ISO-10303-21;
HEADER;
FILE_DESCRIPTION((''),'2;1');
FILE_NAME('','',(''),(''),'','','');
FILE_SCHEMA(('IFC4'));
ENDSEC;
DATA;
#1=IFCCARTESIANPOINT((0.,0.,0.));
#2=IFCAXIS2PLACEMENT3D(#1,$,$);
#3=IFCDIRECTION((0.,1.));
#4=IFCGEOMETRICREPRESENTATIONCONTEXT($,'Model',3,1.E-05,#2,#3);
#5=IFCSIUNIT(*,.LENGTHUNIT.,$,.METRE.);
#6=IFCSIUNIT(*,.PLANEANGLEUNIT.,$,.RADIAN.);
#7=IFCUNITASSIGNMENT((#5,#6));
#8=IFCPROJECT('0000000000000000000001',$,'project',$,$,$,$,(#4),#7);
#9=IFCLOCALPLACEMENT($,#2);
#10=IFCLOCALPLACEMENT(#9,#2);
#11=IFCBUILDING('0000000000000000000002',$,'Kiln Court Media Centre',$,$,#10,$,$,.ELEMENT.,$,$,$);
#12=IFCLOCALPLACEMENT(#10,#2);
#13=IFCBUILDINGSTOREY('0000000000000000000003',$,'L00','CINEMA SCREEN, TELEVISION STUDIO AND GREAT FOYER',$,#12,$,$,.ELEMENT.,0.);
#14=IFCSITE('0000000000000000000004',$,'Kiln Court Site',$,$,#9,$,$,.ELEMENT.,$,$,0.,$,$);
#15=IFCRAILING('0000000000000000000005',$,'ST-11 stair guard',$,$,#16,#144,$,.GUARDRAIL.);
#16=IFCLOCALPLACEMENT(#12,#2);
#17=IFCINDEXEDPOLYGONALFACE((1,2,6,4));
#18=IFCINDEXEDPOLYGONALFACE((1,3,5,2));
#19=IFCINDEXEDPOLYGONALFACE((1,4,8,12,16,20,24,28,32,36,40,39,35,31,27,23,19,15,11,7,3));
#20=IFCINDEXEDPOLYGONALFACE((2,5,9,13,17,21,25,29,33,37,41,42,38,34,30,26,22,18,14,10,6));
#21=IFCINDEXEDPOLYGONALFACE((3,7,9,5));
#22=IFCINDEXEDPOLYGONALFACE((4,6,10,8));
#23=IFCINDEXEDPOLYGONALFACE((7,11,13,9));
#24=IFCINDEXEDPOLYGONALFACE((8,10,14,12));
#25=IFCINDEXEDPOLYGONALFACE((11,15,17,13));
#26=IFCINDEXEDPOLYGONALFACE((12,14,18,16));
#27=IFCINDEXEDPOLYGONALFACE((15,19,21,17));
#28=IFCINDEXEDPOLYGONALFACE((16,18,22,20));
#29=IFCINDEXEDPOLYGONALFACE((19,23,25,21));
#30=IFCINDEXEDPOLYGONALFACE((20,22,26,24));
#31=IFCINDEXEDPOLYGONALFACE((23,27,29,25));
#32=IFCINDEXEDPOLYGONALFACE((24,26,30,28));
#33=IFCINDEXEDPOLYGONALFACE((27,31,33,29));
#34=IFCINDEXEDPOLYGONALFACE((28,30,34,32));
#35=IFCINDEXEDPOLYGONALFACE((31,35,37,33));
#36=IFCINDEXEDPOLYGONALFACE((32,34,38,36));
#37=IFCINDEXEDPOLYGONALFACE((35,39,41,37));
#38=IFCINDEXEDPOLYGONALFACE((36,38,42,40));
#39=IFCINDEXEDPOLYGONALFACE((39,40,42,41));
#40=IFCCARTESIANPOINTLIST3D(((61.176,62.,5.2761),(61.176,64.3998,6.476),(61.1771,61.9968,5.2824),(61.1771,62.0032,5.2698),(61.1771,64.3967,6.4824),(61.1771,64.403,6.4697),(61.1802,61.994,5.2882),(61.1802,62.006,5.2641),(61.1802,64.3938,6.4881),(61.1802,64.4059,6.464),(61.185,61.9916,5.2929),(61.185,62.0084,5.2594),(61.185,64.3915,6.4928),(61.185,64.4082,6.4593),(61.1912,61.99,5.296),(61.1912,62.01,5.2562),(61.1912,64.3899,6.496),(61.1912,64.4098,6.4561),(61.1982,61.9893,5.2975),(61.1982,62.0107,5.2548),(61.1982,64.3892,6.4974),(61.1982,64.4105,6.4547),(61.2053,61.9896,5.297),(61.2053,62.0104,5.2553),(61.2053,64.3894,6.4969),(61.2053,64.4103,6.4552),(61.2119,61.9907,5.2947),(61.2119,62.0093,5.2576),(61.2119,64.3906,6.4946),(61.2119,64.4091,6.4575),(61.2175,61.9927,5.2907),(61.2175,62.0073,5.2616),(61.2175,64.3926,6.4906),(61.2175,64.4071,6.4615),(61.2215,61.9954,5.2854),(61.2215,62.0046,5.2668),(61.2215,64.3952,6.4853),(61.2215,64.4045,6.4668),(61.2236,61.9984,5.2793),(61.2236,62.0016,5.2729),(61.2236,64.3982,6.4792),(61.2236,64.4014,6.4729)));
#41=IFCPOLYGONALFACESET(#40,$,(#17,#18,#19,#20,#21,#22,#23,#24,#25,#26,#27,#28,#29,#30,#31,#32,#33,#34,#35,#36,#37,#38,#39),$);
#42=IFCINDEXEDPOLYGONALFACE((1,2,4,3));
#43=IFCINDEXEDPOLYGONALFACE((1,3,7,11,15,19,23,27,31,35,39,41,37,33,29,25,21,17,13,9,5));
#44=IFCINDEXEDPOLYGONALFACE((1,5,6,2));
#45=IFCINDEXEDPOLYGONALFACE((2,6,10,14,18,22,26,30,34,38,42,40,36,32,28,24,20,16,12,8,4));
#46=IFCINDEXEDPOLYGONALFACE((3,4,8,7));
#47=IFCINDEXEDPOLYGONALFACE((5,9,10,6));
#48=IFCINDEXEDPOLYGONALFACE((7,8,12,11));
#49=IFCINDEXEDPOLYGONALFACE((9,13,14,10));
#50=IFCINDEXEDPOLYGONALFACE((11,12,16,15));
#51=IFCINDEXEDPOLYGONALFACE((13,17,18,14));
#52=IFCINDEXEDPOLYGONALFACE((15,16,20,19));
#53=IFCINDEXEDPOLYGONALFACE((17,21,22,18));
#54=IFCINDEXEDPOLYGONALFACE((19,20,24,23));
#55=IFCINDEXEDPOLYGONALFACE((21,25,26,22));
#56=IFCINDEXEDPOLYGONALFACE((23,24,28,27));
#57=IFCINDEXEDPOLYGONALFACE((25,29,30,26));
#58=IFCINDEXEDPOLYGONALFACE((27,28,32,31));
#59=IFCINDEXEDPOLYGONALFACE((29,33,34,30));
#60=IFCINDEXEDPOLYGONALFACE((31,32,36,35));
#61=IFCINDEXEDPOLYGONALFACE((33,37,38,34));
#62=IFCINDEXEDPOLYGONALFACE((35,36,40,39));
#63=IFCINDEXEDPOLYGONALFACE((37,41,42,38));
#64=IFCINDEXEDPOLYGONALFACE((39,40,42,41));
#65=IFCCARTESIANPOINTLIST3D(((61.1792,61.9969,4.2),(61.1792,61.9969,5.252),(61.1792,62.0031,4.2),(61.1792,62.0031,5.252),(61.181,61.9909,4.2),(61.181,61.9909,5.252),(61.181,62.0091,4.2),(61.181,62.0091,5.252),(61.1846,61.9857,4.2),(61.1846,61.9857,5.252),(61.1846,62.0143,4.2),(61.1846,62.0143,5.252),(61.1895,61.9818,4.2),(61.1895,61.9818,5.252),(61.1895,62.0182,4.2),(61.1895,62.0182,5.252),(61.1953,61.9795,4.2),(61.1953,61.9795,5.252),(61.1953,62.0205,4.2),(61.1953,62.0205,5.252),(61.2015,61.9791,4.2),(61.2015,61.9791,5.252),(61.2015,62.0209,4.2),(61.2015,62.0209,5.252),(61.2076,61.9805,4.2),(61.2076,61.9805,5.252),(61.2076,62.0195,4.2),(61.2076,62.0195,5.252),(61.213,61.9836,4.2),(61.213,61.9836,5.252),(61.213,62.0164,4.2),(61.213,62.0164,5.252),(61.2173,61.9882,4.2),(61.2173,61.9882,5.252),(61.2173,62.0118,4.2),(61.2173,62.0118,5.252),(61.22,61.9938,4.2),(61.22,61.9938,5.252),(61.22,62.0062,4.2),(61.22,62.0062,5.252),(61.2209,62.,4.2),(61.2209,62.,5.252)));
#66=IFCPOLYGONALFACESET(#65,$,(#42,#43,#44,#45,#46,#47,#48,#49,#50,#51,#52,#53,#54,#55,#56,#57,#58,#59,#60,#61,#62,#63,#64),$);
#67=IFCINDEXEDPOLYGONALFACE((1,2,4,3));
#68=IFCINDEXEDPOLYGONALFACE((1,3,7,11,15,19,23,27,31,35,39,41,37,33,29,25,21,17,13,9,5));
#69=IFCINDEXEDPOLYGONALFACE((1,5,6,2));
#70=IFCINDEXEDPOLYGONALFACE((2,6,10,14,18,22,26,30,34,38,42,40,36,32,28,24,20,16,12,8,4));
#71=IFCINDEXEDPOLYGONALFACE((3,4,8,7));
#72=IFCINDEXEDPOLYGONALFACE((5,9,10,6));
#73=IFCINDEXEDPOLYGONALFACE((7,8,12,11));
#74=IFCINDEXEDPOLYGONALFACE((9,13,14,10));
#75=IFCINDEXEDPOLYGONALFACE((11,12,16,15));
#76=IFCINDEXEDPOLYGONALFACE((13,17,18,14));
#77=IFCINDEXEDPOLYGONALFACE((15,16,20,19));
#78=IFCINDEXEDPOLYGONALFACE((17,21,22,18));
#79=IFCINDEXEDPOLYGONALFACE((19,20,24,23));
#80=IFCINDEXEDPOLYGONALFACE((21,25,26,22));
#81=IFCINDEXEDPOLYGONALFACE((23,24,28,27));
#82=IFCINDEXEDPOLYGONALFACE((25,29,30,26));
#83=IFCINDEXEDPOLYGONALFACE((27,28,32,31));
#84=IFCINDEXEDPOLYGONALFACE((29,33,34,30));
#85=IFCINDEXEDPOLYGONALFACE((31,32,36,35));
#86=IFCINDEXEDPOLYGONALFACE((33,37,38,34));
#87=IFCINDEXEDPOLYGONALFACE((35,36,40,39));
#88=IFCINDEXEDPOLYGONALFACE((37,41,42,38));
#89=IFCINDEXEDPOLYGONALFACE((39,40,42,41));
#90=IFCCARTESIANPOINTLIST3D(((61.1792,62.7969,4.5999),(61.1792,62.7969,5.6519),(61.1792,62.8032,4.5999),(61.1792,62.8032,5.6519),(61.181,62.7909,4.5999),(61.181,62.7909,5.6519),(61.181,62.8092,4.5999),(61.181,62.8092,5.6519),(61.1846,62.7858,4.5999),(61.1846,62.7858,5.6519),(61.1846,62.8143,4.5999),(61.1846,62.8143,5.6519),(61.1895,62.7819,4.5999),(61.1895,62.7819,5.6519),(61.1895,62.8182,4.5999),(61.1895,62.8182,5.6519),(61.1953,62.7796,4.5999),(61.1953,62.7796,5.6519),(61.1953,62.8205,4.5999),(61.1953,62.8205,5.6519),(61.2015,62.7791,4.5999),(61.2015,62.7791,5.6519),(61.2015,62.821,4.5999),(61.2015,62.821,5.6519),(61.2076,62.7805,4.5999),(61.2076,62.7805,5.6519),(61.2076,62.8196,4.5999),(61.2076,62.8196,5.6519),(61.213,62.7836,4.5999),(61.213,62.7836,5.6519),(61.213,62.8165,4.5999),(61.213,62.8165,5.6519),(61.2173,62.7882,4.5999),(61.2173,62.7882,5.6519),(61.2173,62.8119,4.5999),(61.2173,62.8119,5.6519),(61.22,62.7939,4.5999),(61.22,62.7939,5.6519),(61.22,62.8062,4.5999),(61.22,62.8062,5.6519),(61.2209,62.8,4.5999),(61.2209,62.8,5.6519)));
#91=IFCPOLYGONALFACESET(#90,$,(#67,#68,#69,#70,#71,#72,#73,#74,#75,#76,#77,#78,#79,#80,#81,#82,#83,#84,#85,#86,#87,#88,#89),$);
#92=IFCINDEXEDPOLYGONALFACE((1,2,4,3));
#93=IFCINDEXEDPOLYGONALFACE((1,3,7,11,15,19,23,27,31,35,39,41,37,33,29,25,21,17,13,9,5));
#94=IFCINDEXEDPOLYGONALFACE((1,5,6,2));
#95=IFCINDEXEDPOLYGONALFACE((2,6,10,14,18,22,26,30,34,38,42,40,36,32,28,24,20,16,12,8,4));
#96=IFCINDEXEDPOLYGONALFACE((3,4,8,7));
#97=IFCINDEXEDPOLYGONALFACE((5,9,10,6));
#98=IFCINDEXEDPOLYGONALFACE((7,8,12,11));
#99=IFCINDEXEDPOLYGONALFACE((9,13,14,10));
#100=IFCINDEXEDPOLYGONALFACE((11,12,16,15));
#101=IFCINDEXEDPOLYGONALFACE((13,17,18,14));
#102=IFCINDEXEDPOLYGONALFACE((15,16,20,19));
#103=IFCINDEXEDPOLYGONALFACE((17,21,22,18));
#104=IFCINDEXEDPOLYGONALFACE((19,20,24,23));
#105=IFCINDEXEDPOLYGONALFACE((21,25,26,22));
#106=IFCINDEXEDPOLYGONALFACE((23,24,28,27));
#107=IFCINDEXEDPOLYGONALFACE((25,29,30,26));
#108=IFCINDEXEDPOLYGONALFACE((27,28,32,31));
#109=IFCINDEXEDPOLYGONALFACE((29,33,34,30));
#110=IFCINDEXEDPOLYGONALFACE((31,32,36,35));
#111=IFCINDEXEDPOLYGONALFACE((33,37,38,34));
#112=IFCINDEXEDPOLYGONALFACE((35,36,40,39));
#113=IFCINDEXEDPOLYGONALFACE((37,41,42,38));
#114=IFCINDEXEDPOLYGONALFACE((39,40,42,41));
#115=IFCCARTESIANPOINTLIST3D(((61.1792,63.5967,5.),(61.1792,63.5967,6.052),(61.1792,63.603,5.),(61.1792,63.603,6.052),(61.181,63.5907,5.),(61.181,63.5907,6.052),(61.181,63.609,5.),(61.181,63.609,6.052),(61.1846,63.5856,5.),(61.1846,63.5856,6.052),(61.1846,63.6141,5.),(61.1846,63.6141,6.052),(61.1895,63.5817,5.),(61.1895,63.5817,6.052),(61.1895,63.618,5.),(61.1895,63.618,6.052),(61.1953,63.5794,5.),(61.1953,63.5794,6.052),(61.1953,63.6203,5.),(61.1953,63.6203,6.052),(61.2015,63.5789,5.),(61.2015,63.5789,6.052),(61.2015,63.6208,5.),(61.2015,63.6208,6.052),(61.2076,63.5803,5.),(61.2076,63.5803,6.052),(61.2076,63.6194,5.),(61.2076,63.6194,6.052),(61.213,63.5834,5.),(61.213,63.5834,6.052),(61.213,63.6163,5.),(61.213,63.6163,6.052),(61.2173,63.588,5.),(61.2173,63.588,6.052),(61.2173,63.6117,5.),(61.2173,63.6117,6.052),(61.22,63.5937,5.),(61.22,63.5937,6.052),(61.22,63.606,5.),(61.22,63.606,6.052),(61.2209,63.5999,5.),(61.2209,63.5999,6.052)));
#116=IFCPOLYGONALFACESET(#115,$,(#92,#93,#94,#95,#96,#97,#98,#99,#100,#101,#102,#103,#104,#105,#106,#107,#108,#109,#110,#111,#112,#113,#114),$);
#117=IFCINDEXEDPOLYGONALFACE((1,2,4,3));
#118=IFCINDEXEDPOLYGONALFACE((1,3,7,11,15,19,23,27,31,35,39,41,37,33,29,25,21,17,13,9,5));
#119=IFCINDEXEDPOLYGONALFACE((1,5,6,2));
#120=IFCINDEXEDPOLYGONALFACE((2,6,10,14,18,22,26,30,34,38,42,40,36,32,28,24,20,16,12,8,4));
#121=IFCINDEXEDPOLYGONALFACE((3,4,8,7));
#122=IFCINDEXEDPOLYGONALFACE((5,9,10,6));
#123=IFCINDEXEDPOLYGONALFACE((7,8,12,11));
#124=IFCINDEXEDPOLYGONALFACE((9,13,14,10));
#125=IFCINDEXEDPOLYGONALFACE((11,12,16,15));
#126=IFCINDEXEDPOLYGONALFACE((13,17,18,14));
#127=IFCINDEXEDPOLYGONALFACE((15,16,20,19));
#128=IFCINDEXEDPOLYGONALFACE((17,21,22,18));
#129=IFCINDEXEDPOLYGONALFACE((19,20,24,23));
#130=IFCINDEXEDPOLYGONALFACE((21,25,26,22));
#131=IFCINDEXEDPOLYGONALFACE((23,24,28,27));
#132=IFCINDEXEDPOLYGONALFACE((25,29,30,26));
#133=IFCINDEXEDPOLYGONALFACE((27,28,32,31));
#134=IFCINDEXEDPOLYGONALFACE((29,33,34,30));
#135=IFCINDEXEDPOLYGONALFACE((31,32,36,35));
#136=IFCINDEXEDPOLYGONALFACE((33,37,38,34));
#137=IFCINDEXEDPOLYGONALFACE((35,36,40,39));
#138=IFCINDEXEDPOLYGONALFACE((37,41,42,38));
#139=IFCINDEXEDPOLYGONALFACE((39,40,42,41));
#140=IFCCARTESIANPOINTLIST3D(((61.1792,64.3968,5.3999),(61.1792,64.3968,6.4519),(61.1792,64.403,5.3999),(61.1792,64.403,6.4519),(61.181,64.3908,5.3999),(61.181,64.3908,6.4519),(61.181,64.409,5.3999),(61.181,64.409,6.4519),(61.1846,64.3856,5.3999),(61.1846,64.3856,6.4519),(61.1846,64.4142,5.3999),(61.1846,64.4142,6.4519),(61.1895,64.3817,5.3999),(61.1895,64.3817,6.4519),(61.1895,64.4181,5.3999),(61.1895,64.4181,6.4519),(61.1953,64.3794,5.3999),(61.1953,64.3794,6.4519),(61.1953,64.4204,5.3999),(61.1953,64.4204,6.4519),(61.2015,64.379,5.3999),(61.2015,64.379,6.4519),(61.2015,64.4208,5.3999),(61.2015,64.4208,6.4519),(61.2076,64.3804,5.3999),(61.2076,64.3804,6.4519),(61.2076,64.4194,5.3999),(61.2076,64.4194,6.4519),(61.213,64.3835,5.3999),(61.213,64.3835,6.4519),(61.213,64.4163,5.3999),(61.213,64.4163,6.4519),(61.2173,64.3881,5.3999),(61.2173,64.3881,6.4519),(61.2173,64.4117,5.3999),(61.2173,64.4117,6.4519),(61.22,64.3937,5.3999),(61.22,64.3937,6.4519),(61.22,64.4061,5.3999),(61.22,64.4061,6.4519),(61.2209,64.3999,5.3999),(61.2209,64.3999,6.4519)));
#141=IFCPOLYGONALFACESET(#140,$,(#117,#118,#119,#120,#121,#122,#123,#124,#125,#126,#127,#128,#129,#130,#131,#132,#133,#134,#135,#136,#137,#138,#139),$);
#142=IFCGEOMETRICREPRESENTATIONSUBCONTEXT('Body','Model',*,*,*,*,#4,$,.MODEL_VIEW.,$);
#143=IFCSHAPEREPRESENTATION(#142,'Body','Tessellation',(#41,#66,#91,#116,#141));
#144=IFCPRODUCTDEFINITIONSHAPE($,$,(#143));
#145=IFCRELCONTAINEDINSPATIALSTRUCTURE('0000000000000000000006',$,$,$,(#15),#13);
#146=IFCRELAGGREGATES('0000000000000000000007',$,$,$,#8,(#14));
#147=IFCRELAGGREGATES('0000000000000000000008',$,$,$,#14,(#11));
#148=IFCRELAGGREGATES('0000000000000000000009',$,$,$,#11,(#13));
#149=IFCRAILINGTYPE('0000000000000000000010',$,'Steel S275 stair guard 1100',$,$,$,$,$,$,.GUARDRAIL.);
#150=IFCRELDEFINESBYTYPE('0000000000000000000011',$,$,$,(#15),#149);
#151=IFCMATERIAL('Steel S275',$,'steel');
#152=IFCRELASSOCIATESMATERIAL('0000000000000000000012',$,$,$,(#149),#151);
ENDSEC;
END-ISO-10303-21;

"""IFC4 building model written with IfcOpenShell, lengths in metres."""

from ifc_helpers import new_model, si_unit, direction, frame, origin, origin_2d, place, context, subcontext, project, spatial, circle, extrude, material, type_object, element, save


model = new_model("IFC4")

# Units and contexts
model_context = context("Model", 3, precision=1e-05, world=origin(), true_north=direction((0.0, 1.0)))
body_context = subcontext(model_context, "Body", "Model", "MODEL_VIEW")
ifc_project = project(units=[si_unit("LENGTHUNIT", "METRE"), si_unit("PLANEANGLEUNIT", "RADIAN")], contexts=[model_context])

# Site, building, storey
site_placement = place(None, origin())
site = spatial("IfcSite", under=ifc_project, at=site_placement, Name="Kiln Court Site", CompositionType="ELEMENT", RefElevation=0.0)
building_placement = place(site_placement, origin())
building = spatial("IfcBuilding", under=site, at=building_placement, Name="Kiln Court Media Centre", CompositionType="ELEMENT")
storey_placement = place(building_placement, origin())
storey = spatial("IfcBuildingStorey", under=building, at=storey_placement, Name="L00", Description="CINEMA SCREEN, TELEVISION STUDIO AND GREAT FOYER", CompositionType="ELEMENT", Elevation=0.0)

# Railing
ifc_material_1 = material(Name="Steel S275", Category="steel")
railing_type_1 = type_object("IfcRailingType", Name="Steel S275 stair guard 1100", PredefinedType="GUARDRAIL", material=ifc_material_1)
railing_1_placement = place(storey_placement, frame((61.2, 62.0, 4.2)))
element("IfcRailing", 1, at=railing_1_placement, inside=storey, type_object=railing_type_1, Name="ST-11 stair guard", PredefinedType="GUARDRAIL", context=body_context, shape_type="SweptSolid", body=[
    extrude(circle(Radius=0.0239, at=origin_2d()), frame((0.0, 0.0, 1.0762), z_axis=(0.0, 0.894427, 0.447214), x_axis=(-1.0, 0.0, 0.0)), (0.0, 0.0, 1.0), 2.6831),
    extrude(circle(Radius=0.021, at=origin_2d()), origin(), (0.0, 0.0, 1.0), 1.052),
    extrude(circle(Radius=0.021, at=origin_2d()), frame((0.0, 0.8, 0.3999)), (0.0, 0.0, 1.0), 1.052),
    extrude(circle(Radius=0.021, at=origin_2d()), frame((0.0, 1.5999, 0.8)), (0.0, 0.0, 1.0), 1.052),
    extrude(circle(Radius=0.021, at=origin_2d()), frame((0.0, 2.3999, 1.2)), (0.0, 0.0, 1.0), 1.052),
])

save(model, "model.ifc")
